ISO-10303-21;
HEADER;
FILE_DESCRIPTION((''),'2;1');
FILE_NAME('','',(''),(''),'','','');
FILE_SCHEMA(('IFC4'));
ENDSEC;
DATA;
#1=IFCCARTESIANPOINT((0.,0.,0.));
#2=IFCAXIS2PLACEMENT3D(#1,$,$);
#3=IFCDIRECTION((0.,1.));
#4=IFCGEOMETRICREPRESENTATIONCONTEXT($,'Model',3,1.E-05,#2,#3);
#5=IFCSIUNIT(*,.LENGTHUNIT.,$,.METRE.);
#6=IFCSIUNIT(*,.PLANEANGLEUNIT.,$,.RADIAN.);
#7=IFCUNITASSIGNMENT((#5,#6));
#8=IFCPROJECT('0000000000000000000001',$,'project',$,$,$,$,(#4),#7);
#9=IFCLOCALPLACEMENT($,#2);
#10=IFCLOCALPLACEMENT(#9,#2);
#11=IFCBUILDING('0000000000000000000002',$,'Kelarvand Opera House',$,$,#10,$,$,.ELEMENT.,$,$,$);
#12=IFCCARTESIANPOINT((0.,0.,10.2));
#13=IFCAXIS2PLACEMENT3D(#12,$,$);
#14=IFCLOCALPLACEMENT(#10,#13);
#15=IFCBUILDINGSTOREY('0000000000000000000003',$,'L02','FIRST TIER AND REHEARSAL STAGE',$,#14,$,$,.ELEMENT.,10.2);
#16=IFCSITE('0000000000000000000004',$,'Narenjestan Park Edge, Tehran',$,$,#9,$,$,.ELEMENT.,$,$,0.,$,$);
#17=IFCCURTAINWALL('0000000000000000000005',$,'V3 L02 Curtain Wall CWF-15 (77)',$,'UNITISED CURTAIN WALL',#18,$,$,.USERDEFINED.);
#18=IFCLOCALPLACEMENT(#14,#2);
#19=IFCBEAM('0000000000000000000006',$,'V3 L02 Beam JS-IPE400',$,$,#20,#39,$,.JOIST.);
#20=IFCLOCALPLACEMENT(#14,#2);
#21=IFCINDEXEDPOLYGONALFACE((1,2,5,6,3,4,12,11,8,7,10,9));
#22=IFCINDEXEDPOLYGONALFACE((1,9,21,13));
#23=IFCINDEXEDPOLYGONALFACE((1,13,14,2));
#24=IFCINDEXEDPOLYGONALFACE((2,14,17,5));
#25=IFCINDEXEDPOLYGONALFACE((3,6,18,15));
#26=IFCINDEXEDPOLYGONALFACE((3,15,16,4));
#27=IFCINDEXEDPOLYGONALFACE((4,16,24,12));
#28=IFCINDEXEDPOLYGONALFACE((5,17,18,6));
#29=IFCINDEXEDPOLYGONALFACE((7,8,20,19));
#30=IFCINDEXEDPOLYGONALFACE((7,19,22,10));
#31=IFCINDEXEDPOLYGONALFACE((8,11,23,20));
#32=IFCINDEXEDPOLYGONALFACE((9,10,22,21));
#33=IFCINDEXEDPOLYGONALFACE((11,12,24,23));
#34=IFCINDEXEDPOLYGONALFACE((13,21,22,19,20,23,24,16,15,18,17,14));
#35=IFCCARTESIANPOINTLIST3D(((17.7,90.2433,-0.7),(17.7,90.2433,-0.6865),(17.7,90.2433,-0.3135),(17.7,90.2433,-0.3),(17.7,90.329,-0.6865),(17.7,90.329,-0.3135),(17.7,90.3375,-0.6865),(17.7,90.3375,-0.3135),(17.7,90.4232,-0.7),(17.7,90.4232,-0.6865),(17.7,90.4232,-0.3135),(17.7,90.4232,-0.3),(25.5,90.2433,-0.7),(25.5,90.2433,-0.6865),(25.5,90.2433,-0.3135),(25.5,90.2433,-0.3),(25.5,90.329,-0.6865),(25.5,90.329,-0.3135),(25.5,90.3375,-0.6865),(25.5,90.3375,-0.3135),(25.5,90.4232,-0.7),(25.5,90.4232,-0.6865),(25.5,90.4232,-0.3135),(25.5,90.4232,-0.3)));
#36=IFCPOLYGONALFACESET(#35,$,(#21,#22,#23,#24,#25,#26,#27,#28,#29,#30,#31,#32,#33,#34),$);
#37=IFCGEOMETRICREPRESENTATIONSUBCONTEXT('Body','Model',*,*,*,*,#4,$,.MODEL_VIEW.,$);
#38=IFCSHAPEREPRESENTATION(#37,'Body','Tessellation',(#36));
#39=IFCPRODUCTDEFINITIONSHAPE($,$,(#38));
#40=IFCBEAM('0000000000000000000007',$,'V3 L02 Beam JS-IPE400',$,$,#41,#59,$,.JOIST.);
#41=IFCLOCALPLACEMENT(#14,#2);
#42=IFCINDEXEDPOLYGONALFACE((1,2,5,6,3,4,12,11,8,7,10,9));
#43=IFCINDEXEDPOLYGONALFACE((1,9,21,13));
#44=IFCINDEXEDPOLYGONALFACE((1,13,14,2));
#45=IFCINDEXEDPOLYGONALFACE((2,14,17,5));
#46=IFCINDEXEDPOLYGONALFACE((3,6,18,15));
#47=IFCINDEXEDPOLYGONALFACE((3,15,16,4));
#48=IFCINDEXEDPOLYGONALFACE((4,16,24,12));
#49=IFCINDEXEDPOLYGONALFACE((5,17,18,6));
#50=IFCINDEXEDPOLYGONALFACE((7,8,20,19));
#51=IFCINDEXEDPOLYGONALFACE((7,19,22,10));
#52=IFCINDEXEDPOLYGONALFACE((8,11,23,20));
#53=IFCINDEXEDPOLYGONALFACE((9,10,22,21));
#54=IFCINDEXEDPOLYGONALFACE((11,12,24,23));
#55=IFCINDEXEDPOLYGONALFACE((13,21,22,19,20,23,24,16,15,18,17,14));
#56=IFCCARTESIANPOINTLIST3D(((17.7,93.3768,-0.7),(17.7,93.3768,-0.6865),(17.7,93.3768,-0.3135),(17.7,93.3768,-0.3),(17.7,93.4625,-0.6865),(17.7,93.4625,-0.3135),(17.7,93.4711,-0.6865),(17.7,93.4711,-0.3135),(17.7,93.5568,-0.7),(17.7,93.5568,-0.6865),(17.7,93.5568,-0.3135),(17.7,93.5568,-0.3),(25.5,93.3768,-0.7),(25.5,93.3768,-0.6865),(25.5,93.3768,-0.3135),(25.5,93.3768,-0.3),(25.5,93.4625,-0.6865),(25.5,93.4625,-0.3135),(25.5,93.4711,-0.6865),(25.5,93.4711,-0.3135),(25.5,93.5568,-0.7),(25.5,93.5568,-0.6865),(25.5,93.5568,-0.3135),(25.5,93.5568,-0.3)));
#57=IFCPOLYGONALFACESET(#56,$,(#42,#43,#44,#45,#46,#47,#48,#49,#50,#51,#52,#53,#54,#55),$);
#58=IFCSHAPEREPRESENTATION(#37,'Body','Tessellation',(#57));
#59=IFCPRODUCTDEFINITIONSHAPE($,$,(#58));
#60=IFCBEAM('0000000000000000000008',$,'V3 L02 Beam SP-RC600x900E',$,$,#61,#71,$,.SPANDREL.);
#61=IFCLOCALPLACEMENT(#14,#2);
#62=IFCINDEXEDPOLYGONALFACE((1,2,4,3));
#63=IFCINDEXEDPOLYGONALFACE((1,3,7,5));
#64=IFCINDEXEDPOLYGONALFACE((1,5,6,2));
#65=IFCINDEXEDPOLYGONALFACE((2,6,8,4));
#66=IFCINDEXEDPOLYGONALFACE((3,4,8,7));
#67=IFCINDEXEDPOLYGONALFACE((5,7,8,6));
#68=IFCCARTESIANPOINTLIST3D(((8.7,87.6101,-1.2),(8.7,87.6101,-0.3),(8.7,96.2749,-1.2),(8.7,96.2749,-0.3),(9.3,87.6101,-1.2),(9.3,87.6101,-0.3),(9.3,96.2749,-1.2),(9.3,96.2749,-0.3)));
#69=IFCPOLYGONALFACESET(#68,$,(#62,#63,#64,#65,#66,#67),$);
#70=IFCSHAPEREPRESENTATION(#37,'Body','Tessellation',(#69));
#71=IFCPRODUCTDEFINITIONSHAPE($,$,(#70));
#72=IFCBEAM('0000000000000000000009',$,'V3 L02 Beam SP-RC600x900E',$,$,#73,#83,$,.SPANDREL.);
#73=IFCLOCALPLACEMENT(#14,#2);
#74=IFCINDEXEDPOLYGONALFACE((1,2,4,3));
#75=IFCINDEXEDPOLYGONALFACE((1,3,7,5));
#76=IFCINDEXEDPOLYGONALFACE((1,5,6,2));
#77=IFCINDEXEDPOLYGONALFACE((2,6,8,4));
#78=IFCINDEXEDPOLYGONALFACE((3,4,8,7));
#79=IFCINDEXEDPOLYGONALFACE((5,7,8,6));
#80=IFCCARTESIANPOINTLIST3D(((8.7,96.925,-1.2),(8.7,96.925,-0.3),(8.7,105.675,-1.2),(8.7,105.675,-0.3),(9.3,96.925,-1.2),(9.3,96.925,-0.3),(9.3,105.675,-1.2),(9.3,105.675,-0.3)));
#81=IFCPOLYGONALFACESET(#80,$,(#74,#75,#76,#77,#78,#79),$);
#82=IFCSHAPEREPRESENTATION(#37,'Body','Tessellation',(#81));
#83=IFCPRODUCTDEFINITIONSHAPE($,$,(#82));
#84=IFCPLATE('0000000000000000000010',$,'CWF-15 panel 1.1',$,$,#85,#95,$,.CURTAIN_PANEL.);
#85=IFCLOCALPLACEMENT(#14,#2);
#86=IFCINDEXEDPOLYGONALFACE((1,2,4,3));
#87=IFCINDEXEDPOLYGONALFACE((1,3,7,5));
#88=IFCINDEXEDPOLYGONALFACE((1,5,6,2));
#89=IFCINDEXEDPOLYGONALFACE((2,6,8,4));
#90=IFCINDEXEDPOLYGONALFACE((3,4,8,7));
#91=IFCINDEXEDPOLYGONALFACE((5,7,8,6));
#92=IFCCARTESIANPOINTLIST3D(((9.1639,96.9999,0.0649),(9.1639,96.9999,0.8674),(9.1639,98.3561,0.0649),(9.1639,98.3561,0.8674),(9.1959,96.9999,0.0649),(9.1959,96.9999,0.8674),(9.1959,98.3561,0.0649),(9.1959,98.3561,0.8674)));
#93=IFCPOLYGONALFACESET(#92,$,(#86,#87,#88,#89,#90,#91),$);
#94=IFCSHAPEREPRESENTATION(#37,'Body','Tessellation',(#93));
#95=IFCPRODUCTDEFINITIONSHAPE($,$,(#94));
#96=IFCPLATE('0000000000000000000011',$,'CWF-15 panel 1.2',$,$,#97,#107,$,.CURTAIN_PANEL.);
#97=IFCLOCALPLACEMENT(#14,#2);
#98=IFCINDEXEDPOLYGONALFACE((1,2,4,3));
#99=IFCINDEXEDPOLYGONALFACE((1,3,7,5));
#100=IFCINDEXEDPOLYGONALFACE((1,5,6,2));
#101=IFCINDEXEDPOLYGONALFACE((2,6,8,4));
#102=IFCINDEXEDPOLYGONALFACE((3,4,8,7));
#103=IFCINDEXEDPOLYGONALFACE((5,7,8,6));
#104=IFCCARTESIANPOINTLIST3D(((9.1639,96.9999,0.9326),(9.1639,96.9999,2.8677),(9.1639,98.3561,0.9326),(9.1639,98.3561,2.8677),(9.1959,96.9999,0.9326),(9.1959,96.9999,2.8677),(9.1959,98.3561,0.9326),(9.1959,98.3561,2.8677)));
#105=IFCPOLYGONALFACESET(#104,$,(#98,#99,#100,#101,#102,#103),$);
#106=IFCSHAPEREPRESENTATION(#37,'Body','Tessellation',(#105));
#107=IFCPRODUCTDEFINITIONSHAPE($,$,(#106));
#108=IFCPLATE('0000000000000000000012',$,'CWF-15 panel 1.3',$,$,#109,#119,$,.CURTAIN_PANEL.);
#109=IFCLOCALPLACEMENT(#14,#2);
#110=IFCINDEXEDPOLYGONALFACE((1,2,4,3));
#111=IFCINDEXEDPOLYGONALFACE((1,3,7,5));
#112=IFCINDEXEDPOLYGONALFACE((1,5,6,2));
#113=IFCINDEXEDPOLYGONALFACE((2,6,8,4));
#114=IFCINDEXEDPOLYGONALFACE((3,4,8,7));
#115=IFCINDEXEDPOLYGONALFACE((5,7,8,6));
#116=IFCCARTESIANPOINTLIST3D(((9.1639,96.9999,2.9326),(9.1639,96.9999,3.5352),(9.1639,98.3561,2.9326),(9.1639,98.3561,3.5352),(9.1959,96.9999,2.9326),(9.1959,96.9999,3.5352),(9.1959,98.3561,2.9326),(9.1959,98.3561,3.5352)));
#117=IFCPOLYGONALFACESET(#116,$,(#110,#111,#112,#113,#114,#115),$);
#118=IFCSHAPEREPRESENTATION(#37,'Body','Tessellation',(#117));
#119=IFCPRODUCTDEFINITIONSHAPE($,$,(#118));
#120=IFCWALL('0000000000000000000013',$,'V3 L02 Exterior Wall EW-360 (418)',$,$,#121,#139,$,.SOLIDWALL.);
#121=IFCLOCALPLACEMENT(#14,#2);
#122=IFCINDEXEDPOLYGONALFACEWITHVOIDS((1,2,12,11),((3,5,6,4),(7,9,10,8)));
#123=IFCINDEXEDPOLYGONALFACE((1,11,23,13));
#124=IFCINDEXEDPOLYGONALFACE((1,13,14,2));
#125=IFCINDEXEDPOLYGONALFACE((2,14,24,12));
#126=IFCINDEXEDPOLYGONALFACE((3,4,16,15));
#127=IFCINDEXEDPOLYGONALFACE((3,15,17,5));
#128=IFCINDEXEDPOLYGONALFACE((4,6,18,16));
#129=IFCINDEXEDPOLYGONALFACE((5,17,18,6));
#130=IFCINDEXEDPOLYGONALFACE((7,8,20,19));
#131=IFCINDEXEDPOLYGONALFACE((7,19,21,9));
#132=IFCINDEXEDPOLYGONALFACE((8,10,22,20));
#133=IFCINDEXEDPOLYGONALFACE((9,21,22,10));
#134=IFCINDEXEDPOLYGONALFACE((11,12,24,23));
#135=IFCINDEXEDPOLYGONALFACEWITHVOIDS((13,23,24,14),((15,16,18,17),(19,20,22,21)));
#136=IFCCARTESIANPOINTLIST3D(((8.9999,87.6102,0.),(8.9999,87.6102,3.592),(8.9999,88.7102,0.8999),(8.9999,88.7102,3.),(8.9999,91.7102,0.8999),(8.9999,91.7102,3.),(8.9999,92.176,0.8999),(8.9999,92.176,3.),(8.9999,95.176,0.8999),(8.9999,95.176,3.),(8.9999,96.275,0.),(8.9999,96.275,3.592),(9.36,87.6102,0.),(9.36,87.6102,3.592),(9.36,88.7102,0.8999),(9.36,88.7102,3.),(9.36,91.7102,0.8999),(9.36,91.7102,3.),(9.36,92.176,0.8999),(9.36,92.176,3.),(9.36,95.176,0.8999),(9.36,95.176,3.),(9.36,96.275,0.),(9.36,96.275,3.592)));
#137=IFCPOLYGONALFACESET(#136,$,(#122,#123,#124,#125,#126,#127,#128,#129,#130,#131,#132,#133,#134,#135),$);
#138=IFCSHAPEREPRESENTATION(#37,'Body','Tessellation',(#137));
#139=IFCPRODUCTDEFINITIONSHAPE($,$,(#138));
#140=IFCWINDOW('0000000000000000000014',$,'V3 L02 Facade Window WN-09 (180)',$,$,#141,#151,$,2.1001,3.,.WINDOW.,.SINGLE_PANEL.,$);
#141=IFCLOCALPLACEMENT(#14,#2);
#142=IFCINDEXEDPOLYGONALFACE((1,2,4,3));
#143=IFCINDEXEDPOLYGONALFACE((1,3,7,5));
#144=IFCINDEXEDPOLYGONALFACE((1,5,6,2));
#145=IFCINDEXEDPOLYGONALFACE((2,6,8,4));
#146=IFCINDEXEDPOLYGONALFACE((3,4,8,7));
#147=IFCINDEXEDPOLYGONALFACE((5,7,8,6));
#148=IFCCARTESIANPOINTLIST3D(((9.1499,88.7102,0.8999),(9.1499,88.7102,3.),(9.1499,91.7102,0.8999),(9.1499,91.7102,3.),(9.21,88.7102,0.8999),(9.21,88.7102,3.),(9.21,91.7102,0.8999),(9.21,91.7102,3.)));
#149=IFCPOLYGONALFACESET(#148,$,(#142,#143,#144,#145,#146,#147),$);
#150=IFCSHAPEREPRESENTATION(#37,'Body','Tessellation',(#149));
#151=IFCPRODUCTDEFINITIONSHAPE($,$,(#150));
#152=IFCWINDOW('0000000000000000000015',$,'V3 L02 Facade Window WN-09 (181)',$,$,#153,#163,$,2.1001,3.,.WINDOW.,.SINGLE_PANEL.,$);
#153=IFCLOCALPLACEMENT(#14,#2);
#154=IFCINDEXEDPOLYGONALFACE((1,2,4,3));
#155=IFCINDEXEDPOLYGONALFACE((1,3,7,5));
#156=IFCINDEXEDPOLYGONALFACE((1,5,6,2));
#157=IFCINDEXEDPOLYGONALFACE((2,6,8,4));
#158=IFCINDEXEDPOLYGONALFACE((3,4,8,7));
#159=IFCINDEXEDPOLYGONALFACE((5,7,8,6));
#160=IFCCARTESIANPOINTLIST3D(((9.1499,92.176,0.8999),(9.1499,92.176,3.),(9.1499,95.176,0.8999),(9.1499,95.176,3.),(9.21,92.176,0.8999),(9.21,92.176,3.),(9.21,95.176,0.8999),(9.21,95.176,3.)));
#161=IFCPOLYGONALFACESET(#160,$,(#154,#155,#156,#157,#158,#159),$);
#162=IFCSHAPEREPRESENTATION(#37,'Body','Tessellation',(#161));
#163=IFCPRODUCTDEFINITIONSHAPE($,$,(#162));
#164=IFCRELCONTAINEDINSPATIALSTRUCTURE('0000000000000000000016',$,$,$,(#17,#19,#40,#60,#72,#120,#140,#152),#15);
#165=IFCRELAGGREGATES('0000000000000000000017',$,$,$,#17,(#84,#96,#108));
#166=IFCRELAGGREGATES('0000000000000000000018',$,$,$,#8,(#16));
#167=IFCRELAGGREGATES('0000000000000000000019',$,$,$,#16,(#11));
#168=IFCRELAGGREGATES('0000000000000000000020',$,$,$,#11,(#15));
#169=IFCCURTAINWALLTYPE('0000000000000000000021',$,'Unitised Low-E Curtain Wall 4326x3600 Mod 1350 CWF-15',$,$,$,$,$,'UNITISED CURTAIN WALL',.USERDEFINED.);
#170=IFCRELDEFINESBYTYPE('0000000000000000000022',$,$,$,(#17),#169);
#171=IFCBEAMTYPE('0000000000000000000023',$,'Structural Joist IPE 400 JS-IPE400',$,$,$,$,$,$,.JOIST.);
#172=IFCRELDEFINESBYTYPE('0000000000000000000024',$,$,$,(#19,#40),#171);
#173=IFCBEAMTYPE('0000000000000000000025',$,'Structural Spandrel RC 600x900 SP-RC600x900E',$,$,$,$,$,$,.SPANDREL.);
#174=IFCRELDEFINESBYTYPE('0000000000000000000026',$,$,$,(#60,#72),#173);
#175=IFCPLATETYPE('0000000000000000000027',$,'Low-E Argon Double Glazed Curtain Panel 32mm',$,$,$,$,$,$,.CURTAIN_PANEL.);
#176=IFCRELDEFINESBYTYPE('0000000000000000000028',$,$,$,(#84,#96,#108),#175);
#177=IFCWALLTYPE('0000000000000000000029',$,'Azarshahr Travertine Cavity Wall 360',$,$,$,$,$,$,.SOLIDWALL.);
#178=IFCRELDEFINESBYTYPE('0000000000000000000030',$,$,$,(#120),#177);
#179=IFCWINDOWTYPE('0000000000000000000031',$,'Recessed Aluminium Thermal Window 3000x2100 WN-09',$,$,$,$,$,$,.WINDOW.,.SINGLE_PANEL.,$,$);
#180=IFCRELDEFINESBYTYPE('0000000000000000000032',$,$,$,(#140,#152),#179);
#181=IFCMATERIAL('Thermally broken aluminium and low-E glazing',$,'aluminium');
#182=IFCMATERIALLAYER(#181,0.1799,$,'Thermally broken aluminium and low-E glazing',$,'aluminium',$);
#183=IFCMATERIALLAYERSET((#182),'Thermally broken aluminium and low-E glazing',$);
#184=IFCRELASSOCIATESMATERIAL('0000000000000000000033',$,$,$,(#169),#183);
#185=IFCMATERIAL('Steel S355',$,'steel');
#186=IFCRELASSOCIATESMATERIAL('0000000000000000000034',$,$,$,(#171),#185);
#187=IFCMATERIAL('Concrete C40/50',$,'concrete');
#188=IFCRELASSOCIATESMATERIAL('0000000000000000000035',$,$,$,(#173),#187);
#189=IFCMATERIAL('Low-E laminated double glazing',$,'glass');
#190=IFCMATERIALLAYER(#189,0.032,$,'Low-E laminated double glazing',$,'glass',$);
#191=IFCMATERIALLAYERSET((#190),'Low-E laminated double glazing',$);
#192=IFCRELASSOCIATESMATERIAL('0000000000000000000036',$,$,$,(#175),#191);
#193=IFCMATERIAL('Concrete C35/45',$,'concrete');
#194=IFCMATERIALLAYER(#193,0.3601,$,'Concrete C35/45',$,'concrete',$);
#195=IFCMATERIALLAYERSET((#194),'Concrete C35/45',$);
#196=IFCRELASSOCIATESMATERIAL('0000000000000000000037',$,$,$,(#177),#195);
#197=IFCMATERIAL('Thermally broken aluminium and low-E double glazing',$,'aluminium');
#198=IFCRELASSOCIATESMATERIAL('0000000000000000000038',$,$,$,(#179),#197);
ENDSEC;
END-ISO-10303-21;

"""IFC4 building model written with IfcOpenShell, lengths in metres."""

from ifc_helpers import new_model, si_unit, direction, frame, frame_2d, origin, origin_2d, place, context, subcontext, project, spatial, rectangle, i_section, extrude, material, layer, layer_set, material_profile, profile_set, type_object, element, fill, aggregate, save


model = new_model("IFC4")

# Units and contexts
model_context = context("Model", 3, precision=1e-05, world=origin(), true_north=direction((0.0, 1.0)))
body_context = subcontext(model_context, "Body", "Model", "MODEL_VIEW")
ifc_project = project(units=[si_unit("LENGTHUNIT", "METRE"), si_unit("PLANEANGLEUNIT", "RADIAN")], contexts=[model_context])

# Site, building, storey
site_placement = place(None, origin())
site = spatial("IfcSite", under=ifc_project, at=site_placement, Name="Narenjestan Park Edge, Tehran", CompositionType="ELEMENT", RefElevation=0.0)
building_placement = place(site_placement, origin())
building = spatial("IfcBuilding", under=site, at=building_placement, Name="Kelarvand Opera House", CompositionType="ELEMENT")
storey_placement = place(building_placement, frame((0.0, 0.0, 10.2)))
storey = spatial("IfcBuildingStorey", under=building, at=storey_placement, Name="L02", Description="FIRST TIER AND REHEARSAL STAGE", CompositionType="ELEMENT", Elevation=10.2)

# Shared definitions
ifc_material_1 = material(Name="Concrete C40/50", Category="concrete")

# Curtain wall
ifc_material_2 = material(Name="Thermally broken aluminium and low-E glazing", Category="aluminium")
ifc_layer_1 = layer(ifc_material_2, 0.1799, Name="Thermally broken aluminium and low-E glazing", Category="aluminium")
ifc_layer_set_1 = layer_set([ifc_layer_1], Name="Thermally broken aluminium and low-E glazing")
curtain_wall_type = type_object("IfcCurtainWallType", Name="Unitised Low-E Curtain Wall 4326x3600 Mod 1350 CWF-15", ElementType="UNITISED CURTAIN WALL", PredefinedType="USERDEFINED", material=ifc_layer_set_1)
curtain_wall_placement = place(storey_placement, origin())
curtain_wall = element("IfcCurtainWall", 1, at=curtain_wall_placement, inside=storey, type_object=curtain_wall_type, Name="V3 L02 Curtain Wall CWF-15 (77)", ObjectType="UNITISED CURTAIN WALL", PredefinedType="USERDEFINED")

# Beams
ifc_material_3 = material(Name="Steel S355", Category="steel")
ifc_material_profile_1 = material_profile(ifc_material_3, i_section(OverallWidth=0.1799, OverallDepth=0.3999, WebThickness=0.0085, FlangeThickness=0.0134, at=origin_2d()), Name="IPE 400", Category="steel")
ifc_profile_set_1 = profile_set([ifc_material_profile_1], Name="Steel S355")
beam_type_1 = type_object("IfcBeamType", Name="Structural Joist IPE 400 JS-IPE400", PredefinedType="JOIST", material=ifc_profile_set_1)
for number, where, z_axis, x_axis, name in (
    (2, (17.7, 90.3333, -0.5), (1.0, 0.0, 0.0), (0.0, 1.0, 0.0), "V3 L02 Beam JS-IPE400"),
    (3, (17.7, 93.4668, -0.5), (1.0, 0.0, 0.0), (0.0, 1.0, 0.0), "V3 L02 Beam JS-IPE400"),
):
    element("IfcBeam", number, at=place(storey_placement, frame(where, z_axis=z_axis, x_axis=x_axis)), inside=storey, type_object=beam_type_1, Name=name, PredefinedType="JOIST", context=body_context, shape_type="SweptSolid", body=[
        extrude(i_section(OverallWidth=0.1799, OverallDepth=0.3999, WebThickness=0.0085, FlangeThickness=0.0134, at=origin_2d()), origin(), (0.0, 0.0, 1.0), 7.8),
    ])
ifc_material_profile_2 = material_profile(ifc_material_1, rectangle(XDim=0.6001, YDim=0.8999, at=origin_2d()), Name="RC 600x900", Category="concrete")
ifc_profile_set_2 = profile_set([ifc_material_profile_2], Name="Concrete C40/50")
beam_type_2 = type_object("IfcBeamType", Name="Structural Spandrel RC 600x900 SP-RC600x900E", PredefinedType="SPANDREL", material=ifc_profile_set_2)
beam_1_placement = place(storey_placement, frame((9.0, 87.6101, -0.75), z_axis=(0.0, 1.0, 0.0), x_axis=(-1.0, 0.0, 0.0)))
element("IfcBeam", 4, at=beam_1_placement, inside=storey, type_object=beam_type_2, Name="V3 L02 Beam SP-RC600x900E", PredefinedType="SPANDREL", context=body_context, shape_type="SweptSolid", body=[
    extrude(rectangle(XDim=0.6001, YDim=0.8999, at=origin_2d()), origin(), (0.0, 0.0, 1.0), 8.6648),
])
beam_2_placement = place(storey_placement, frame((9.0, 96.925, -0.75), z_axis=(0.0, 1.0, 0.0), x_axis=(-1.0, 0.0, 0.0)))
element("IfcBeam", 5, at=beam_2_placement, inside=storey, type_object=beam_type_2, Name="V3 L02 Beam SP-RC600x900E", PredefinedType="SPANDREL", context=body_context, shape_type="SweptSolid", body=[
    extrude(rectangle(XDim=0.6001, YDim=0.8999, at=origin_2d()), origin(), (0.0, 0.0, 1.0), 8.75),
])

# Plates
ifc_material_4 = material(Name="Low-E laminated double glazing", Category="glass")
ifc_layer_2 = layer(ifc_material_4, 0.032, Name="Low-E laminated double glazing", Category="glass")
ifc_layer_set_2 = layer_set([ifc_layer_2], Name="Low-E laminated double glazing")
plate_type = type_object("IfcPlateType", Name="Low-E Argon Double Glazed Curtain Panel 32mm", PredefinedType="CURTAIN_PANEL", material=ifc_layer_set_2)
plate_1_placement = place(storey_placement, frame((9.1799, 97.678, 0.0649), z_axis=(0.0, 0.0, 1.0), x_axis=(0.0, 1.0, 0.0)))
plate_1 = element("IfcPlate", 6, at=plate_1_placement, type_object=plate_type, Name="CWF-15 panel 1.1", PredefinedType="CURTAIN_PANEL", context=body_context, shape_type="SweptSolid", body=[
    extrude(rectangle(XDim=1.3562, YDim=0.032, at=origin_2d()), origin(), (0.0, 0.0, 1.0), 0.8025),
])
plate_2_placement = place(storey_placement, frame((9.1799, 97.678, 0.9326), z_axis=(0.0, 0.0, 1.0), x_axis=(0.0, 1.0, 0.0)))
plate_2 = element("IfcPlate", 7, at=plate_2_placement, type_object=plate_type, Name="CWF-15 panel 1.2", PredefinedType="CURTAIN_PANEL", context=body_context, shape_type="SweptSolid", body=[
    extrude(rectangle(XDim=1.3562, YDim=0.032, at=origin_2d()), origin(), (0.0, 0.0, 1.0), 1.9351),
])
plate_3_placement = place(storey_placement, frame((9.1799, 97.678, 2.9326), z_axis=(0.0, 0.0, 1.0), x_axis=(0.0, 1.0, 0.0)))
plate_3 = element("IfcPlate", 8, at=plate_3_placement, type_object=plate_type, Name="CWF-15 panel 1.3", PredefinedType="CURTAIN_PANEL", context=body_context, shape_type="SweptSolid", body=[
    extrude(rectangle(XDim=1.3562, YDim=0.032, at=origin_2d()), origin(), (0.0, 0.0, 1.0), 0.6025),
])
aggregate(curtain_wall, [plate_1, plate_2, plate_3])

# Wall, openings, windows
ifc_material_5 = material(Name="Concrete C35/45", Category="concrete")
ifc_layer_3 = layer(ifc_material_5, 0.3601, Name="Concrete C35/45", Category="concrete")
ifc_layer_set_3 = layer_set([ifc_layer_3], Name="Concrete C35/45")
wall_type_1 = type_object("IfcWallType", Name="Azarshahr Travertine Cavity Wall 360", PredefinedType="SOLIDWALL", material=ifc_layer_set_3)
wall_1_placement = place(storey_placement, frame((9.1799, 87.6101, 0.0), z_axis=(0.0, 0.0, 1.0), x_axis=(0.0, 1.0, 0.0)))
wall_1 = element("IfcWall", 9, at=wall_1_placement, inside=storey, type_object=wall_type_1, Name="V3 L02 Exterior Wall EW-360 (418)", PredefinedType="SOLIDWALL", context=body_context, shape_type="SweptSolid", body=[
    extrude(rectangle(XDim=8.6648, YDim=0.3601, at=frame_2d((4.3325, 0.0))), origin(), (0.0, 0.0, 1.0), 3.592),
])
opening_1_placement = place(wall_1_placement, frame((1.1001, 0.0, 0.8999)))
opening_1 = element("IfcOpeningElement", 10, at=opening_1_placement, cuts=wall_1, PredefinedType="OPENING", context=body_context, shape_type="SweptSolid", body=[
    extrude(rectangle(XDim=3.0, YDim=2.1001, at=frame_2d((1.5, 1.05))), frame((0.0, 0.1899, 0.0), z_axis=(0.0, -1.0, 0.0), x_axis=(1.0, 0.0, 0.0)), (0.0, 0.0, 1.0), 0.3801),
])
opening_2_placement = place(wall_1_placement, frame((4.5659, 0.0, 0.8999)))
opening_2 = element("IfcOpeningElement", 11, at=opening_2_placement, cuts=wall_1, PredefinedType="OPENING", context=body_context, shape_type="SweptSolid", body=[
    extrude(rectangle(XDim=3.0, YDim=2.1001, at=frame_2d((1.5, 1.05))), frame((0.0, 0.1899, 0.0), z_axis=(0.0, -1.0, 0.0), x_axis=(1.0, 0.0, 0.0)), (0.0, 0.0, 1.0), 0.3801),
])
ifc_material_6 = material(Name="Thermally broken aluminium and low-E double glazing", Category="aluminium")
window_type = type_object("IfcWindowType", Name="Recessed Aluminium Thermal Window 3000x2100 WN-09", PartitioningType="SINGLE_PANEL", PredefinedType="WINDOW", material=ifc_material_6)
window_1_placement = place(opening_1_placement, origin())
window_1 = element("IfcWindow", 12, at=window_1_placement, inside=storey, type_object=window_type, Name="V3 L02 Facade Window WN-09 (180)", OverallHeight=2.1001, OverallWidth=3.0, PartitioningType="SINGLE_PANEL", PredefinedType="WINDOW", context=body_context, shape_type="SweptSolid", body=[
    extrude(rectangle(XDim=3.0, YDim=2.1001, at=frame_2d((1.5, 1.05))), frame((0.0, 0.03, 0.0), z_axis=(0.0, -1.0, 0.0), x_axis=(1.0, 0.0, 0.0)), (0.0, 0.0, 1.0), 0.0601),
])
fill(opening_1, window_1)
window_2_placement = place(opening_2_placement, origin())
window_2 = element("IfcWindow", 13, at=window_2_placement, inside=storey, type_object=window_type, Name="V3 L02 Facade Window WN-09 (181)", OverallHeight=2.1001, OverallWidth=3.0, PartitioningType="SINGLE_PANEL", PredefinedType="WINDOW", context=body_context, shape_type="SweptSolid", body=[
    extrude(rectangle(XDim=3.0, YDim=2.1001, at=frame_2d((1.5, 1.05))), frame((0.0, 0.03, 0.0), z_axis=(0.0, -1.0, 0.0), x_axis=(1.0, 0.0, 0.0)), (0.0, 0.0, 1.0), 0.0601),
])
fill(opening_2, window_2)

save(model, "model.ifc")
